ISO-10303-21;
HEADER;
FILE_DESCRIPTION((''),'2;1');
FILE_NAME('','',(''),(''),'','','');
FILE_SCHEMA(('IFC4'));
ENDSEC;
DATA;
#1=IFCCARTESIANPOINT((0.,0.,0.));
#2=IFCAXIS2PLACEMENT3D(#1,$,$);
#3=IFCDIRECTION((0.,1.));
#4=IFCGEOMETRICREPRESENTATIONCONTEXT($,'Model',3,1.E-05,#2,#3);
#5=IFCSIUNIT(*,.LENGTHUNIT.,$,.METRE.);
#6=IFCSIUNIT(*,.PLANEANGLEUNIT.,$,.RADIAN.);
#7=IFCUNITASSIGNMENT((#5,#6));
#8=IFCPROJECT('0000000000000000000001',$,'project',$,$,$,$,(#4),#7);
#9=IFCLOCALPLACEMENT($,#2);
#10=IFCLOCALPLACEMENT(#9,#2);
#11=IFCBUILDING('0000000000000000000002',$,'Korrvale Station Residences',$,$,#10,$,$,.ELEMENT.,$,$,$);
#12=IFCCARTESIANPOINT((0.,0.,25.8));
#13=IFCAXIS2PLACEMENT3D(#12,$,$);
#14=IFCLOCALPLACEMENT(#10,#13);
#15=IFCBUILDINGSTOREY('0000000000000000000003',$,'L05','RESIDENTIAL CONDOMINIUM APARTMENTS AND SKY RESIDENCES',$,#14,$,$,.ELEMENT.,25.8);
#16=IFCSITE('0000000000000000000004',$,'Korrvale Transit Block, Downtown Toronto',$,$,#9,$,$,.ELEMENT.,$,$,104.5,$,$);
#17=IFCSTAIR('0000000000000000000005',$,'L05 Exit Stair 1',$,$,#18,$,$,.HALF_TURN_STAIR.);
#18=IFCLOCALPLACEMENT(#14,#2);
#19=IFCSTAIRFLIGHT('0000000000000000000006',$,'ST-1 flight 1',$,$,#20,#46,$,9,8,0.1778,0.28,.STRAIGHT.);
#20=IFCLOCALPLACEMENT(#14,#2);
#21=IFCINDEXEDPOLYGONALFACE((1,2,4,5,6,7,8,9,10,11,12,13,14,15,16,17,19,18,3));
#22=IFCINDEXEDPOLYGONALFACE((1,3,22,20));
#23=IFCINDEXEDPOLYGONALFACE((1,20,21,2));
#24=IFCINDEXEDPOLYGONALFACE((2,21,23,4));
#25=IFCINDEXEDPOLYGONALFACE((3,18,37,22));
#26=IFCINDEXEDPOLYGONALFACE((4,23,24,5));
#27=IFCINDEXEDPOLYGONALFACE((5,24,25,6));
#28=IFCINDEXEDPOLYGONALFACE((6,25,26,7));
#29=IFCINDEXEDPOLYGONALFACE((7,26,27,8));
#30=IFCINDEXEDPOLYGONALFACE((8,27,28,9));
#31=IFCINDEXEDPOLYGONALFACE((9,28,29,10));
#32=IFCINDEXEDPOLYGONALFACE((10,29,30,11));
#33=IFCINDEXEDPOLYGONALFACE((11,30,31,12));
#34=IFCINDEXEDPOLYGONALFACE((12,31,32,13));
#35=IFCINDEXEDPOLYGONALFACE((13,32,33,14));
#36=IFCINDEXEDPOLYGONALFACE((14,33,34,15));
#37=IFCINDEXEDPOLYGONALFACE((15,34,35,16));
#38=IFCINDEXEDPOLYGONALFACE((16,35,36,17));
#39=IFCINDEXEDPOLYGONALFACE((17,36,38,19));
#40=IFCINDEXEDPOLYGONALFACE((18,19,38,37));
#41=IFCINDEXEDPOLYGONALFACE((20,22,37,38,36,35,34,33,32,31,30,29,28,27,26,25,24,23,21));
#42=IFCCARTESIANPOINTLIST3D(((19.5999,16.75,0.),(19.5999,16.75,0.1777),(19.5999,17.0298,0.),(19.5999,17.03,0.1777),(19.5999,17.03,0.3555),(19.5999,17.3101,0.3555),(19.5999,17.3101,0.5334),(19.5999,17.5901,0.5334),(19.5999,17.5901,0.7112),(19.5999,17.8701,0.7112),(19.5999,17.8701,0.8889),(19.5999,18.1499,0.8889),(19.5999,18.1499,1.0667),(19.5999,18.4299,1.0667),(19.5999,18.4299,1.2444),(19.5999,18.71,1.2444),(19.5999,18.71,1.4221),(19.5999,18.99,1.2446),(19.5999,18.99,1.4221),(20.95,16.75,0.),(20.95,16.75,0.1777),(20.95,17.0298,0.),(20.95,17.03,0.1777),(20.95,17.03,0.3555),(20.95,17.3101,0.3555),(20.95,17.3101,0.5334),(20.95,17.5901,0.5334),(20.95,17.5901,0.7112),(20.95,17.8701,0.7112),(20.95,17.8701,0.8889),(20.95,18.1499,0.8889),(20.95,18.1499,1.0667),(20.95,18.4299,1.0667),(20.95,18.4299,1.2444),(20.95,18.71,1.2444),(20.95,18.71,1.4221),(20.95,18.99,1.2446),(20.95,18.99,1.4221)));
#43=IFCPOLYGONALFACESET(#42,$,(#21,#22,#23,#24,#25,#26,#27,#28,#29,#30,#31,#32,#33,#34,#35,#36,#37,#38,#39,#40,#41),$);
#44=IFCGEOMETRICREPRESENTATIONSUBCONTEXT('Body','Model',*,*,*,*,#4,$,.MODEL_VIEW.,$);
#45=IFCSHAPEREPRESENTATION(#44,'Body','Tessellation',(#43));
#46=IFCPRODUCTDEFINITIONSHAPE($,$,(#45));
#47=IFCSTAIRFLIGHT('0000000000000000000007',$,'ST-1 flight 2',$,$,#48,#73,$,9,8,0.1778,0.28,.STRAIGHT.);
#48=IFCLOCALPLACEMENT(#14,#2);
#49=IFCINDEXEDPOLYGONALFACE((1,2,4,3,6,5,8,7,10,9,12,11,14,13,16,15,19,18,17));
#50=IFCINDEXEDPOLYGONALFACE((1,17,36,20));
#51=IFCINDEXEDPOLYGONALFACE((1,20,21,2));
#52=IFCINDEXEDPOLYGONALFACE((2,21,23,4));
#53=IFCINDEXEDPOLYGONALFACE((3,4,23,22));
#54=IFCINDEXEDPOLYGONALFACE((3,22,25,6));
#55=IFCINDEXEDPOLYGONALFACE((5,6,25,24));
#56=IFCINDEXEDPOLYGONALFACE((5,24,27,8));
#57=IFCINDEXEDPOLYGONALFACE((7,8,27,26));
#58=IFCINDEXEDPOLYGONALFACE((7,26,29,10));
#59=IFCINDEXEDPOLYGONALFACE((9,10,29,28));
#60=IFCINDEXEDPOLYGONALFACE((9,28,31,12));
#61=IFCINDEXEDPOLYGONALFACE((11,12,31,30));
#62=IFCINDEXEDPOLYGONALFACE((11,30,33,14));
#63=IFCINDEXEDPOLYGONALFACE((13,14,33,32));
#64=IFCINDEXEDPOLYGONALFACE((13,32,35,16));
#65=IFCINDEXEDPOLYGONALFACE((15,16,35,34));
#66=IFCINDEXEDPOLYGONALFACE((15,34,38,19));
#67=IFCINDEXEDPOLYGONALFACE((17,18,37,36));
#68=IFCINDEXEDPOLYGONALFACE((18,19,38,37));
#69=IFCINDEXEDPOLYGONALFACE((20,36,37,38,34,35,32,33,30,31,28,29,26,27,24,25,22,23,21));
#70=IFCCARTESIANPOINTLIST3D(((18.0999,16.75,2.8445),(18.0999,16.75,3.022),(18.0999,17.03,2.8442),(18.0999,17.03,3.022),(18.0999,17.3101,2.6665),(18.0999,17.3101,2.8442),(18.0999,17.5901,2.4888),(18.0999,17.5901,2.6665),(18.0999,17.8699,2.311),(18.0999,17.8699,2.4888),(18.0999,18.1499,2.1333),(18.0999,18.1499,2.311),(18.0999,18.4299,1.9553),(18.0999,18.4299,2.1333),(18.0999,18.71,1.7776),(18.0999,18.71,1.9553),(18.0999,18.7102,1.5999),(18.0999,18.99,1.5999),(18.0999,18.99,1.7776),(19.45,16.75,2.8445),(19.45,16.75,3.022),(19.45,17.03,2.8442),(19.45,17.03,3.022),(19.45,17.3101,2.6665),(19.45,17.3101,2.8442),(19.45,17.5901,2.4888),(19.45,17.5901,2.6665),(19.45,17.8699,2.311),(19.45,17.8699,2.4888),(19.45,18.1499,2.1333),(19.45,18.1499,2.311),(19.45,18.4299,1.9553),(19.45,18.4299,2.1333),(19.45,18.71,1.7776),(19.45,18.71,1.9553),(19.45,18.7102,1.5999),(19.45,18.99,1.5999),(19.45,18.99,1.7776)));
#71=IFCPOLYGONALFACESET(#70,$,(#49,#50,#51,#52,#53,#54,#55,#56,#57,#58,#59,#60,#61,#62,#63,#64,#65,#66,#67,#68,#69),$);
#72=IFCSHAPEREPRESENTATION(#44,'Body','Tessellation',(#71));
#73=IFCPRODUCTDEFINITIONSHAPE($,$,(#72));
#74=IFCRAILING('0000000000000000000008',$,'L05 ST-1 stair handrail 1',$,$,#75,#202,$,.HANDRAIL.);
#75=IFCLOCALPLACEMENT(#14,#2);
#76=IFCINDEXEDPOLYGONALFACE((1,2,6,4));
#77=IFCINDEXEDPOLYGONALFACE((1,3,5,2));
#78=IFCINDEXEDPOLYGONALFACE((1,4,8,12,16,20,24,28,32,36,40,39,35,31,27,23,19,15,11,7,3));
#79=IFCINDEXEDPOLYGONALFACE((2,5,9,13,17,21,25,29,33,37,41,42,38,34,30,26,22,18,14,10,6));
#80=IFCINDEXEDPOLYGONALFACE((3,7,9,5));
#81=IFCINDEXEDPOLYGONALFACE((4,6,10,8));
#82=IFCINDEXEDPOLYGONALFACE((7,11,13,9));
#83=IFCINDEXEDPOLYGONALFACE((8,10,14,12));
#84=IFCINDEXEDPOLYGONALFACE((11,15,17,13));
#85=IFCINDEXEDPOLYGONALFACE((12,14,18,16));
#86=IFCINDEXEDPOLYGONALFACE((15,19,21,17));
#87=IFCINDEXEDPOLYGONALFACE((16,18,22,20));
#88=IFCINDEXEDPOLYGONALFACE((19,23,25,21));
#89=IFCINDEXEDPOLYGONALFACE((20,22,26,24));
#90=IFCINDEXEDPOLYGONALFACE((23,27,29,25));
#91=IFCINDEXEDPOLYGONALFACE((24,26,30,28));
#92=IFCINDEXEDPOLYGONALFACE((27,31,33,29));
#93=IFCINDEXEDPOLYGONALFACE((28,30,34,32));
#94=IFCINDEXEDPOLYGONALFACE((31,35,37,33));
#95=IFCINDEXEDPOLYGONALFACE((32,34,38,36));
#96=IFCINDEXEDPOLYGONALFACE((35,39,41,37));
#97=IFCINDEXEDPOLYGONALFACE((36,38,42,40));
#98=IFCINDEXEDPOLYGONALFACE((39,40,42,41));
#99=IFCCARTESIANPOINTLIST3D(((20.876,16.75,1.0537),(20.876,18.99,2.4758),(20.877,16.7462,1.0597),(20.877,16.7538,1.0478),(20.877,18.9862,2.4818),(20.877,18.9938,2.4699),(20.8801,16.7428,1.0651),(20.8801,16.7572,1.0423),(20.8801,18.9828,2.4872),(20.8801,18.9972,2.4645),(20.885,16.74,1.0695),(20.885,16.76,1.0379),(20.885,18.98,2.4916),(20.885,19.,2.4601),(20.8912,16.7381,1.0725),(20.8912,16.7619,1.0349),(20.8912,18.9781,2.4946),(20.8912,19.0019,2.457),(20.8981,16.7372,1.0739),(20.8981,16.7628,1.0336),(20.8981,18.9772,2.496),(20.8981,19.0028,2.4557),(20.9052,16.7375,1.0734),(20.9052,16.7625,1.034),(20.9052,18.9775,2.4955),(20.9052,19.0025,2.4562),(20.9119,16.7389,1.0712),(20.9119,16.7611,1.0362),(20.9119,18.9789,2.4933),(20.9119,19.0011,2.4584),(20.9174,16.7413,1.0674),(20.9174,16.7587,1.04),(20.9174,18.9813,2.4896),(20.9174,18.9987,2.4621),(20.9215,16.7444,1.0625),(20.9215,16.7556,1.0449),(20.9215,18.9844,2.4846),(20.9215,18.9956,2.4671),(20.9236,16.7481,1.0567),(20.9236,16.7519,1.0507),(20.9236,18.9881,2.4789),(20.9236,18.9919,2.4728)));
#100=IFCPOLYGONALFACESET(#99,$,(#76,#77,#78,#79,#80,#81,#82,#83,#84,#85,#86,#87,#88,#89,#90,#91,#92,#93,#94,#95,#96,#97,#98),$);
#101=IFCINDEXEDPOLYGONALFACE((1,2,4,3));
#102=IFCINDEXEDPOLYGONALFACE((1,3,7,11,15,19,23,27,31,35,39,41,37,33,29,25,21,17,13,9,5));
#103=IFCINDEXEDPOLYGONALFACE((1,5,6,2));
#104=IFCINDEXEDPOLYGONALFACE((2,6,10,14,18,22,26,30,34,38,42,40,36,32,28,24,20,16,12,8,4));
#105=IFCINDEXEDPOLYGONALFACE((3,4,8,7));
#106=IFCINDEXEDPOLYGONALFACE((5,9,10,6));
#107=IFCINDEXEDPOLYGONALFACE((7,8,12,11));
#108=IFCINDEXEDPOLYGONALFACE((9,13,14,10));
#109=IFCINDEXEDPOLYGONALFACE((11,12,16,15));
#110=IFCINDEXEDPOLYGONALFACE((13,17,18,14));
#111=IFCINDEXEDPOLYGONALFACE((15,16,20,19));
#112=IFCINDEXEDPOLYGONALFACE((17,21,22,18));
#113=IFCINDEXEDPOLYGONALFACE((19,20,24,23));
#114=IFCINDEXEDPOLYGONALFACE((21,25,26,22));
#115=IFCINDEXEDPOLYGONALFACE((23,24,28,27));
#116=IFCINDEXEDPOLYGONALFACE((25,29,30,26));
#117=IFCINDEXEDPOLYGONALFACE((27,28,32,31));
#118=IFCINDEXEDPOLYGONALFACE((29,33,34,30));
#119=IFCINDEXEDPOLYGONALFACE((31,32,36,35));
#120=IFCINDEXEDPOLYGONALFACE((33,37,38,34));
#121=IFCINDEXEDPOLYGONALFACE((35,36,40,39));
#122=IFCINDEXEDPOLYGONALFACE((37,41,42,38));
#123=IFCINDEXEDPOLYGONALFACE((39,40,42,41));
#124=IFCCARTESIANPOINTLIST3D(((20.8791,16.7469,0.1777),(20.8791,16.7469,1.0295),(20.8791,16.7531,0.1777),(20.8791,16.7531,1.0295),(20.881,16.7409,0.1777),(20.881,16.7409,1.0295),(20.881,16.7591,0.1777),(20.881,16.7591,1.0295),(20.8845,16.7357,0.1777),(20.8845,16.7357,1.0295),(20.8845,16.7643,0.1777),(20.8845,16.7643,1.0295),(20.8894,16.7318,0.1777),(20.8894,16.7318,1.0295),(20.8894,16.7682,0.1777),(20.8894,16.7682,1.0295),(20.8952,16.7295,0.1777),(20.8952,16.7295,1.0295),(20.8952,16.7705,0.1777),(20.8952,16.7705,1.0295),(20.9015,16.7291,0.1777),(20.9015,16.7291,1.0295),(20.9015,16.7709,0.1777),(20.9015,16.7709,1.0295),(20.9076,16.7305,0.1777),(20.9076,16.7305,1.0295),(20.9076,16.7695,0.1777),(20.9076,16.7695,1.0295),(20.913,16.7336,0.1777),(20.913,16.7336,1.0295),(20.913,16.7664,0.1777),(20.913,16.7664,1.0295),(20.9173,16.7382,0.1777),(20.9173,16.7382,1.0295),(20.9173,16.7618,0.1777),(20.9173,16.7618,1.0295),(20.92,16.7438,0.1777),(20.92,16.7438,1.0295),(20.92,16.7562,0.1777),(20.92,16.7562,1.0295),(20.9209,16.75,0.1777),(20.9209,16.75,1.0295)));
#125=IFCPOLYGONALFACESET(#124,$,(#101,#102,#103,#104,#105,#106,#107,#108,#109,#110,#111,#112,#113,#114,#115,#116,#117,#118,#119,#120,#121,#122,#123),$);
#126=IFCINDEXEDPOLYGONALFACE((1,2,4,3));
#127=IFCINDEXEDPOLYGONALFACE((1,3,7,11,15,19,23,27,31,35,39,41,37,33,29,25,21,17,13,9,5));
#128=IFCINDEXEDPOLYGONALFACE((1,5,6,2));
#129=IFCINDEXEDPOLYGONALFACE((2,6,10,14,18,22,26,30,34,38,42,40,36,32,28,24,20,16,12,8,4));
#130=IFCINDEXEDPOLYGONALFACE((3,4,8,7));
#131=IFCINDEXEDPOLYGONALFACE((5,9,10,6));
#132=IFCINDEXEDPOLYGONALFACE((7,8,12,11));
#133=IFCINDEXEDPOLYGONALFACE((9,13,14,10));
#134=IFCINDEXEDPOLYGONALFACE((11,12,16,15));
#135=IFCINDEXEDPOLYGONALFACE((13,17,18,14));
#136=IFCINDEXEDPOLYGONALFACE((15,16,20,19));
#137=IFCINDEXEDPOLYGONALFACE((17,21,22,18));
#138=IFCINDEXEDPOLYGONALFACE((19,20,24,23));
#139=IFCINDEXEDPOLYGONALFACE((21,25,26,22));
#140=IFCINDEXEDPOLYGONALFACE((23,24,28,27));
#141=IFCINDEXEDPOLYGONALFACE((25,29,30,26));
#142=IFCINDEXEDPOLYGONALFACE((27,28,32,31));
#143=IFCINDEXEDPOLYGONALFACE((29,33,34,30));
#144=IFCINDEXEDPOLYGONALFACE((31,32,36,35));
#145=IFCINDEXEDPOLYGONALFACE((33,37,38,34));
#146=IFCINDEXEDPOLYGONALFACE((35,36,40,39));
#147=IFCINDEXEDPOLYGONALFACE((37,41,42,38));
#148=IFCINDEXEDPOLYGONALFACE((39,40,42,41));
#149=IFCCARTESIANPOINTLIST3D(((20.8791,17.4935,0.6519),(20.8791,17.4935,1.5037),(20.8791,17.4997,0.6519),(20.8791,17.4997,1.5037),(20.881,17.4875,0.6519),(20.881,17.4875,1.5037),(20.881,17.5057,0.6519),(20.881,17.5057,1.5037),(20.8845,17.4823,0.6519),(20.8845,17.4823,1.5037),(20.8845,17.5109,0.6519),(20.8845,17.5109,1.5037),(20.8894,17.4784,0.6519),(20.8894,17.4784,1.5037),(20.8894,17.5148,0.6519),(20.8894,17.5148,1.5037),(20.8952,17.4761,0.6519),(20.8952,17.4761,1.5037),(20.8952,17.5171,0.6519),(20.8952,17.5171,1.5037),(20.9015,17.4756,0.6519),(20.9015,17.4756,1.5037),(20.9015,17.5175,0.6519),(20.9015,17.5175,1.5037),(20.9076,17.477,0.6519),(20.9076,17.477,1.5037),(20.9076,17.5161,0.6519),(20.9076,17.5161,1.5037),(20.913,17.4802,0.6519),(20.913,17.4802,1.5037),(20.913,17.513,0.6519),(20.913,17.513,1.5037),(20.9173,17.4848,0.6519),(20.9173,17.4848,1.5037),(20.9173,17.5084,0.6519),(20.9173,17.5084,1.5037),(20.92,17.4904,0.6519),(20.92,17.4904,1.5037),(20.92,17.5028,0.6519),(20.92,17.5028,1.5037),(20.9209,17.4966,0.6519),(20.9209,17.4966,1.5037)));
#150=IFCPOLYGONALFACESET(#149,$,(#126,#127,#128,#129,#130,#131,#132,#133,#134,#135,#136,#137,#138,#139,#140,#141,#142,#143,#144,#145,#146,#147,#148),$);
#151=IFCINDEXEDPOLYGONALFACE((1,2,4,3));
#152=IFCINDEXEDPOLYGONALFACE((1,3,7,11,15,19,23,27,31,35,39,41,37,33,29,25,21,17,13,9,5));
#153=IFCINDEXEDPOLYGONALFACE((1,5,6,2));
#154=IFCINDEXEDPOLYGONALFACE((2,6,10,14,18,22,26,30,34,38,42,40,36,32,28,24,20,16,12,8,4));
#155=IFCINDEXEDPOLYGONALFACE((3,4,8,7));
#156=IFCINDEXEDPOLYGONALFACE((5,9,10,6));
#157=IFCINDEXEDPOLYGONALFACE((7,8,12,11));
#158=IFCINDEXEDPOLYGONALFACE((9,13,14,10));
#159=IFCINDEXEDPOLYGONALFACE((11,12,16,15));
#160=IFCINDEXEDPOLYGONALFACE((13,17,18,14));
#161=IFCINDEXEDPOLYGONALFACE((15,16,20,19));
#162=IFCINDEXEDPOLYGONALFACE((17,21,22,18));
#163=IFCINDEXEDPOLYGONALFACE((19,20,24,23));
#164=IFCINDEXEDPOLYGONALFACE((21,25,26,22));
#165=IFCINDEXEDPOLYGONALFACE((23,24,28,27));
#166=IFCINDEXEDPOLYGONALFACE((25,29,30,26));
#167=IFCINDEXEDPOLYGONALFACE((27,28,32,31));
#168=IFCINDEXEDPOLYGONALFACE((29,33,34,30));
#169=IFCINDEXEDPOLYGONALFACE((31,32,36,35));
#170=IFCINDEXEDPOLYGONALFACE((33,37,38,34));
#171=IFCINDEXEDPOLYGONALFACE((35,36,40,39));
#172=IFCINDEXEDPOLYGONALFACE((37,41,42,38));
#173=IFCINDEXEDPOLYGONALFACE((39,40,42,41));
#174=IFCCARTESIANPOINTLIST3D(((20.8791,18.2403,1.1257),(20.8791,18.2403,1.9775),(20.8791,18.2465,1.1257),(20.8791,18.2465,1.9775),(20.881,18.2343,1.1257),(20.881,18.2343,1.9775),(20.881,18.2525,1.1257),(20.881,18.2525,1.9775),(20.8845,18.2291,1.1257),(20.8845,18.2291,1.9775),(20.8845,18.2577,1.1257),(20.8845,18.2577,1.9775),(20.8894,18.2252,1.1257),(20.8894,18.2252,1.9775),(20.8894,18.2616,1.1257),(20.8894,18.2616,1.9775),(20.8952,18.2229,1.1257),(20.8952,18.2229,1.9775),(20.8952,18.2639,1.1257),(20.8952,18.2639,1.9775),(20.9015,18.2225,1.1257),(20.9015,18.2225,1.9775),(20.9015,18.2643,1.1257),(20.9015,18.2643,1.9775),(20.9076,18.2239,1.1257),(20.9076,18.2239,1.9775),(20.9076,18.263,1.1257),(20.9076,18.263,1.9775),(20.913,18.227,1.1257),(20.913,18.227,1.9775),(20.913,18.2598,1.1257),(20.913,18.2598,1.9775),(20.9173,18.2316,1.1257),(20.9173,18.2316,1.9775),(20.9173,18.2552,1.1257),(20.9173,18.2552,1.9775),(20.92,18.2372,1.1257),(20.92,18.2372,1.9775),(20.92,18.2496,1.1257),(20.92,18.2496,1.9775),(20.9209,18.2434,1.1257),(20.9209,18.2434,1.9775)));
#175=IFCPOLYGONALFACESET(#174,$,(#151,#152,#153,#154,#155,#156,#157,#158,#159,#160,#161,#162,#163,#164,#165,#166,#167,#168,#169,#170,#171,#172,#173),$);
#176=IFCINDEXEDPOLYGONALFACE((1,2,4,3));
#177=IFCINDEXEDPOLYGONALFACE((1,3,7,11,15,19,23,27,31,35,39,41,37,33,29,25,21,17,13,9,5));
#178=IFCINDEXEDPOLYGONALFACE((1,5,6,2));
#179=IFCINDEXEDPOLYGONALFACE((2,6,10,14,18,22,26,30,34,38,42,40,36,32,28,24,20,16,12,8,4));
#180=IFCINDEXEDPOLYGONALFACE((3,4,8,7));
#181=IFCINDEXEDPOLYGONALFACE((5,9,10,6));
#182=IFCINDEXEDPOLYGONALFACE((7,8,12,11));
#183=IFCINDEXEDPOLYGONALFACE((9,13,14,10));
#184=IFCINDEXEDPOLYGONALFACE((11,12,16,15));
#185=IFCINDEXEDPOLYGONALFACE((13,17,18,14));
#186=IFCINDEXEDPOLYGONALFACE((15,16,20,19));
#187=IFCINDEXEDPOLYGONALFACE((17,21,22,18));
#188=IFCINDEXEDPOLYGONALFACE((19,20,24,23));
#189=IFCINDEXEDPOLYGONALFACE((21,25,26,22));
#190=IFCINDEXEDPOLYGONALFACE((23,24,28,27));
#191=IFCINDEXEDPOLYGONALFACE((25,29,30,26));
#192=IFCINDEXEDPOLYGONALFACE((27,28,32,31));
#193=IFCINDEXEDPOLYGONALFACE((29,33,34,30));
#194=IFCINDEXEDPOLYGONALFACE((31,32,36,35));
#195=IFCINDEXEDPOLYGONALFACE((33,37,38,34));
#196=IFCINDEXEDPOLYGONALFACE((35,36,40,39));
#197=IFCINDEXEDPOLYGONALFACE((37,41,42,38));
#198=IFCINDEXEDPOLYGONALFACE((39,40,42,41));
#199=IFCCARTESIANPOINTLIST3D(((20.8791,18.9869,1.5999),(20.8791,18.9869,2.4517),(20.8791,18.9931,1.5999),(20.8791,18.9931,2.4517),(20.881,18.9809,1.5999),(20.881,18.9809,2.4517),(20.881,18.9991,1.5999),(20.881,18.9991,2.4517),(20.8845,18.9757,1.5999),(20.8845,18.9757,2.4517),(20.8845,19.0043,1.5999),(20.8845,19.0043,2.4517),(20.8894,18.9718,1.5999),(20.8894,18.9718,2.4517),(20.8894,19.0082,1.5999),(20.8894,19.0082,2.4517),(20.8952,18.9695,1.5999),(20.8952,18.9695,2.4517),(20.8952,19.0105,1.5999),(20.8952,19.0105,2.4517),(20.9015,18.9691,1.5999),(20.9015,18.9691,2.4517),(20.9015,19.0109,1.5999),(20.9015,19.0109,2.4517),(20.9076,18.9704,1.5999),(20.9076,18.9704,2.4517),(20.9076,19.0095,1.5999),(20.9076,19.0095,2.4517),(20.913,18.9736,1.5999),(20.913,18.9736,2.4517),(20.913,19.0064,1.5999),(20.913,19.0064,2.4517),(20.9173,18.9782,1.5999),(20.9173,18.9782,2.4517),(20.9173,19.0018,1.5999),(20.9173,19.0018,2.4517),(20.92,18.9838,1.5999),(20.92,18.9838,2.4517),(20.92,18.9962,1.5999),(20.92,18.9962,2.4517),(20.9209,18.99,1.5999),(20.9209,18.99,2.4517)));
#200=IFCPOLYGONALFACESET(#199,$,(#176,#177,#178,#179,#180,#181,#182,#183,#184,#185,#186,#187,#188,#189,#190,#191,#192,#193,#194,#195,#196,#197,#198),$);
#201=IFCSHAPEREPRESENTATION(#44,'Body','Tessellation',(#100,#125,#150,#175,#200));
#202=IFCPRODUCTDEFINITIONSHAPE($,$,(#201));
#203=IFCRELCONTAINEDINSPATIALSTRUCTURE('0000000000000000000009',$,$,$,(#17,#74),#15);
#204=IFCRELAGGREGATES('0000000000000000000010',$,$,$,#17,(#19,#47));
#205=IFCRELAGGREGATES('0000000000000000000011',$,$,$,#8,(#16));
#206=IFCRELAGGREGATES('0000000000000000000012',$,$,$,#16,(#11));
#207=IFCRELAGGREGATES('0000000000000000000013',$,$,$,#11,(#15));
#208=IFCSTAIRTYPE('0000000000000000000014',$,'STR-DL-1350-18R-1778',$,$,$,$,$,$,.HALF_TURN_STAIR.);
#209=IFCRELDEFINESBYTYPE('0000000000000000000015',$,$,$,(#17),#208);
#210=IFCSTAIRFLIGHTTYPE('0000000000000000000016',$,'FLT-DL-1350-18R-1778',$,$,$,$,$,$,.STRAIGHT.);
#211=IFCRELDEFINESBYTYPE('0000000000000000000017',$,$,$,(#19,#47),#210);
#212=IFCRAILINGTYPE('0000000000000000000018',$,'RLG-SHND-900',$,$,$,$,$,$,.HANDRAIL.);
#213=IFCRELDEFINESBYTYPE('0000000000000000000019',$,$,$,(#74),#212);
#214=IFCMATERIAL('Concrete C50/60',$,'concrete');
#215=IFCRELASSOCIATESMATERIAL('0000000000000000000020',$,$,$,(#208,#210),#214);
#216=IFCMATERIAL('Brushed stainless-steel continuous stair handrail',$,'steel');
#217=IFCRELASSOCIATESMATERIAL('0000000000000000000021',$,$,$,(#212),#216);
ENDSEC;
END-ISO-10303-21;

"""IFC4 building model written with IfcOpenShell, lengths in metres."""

from ifc_helpers import new_model, si_unit, direction, frame, origin, origin_2d, place, context, subcontext, project, spatial, polyline, circle, outline, extrude, material, type_object, element, aggregate, save


model = new_model("IFC4")

# Units and contexts
model_context = context("Model", 3, precision=1e-05, world=origin(), true_north=direction((0.0, 1.0)))
body_context = subcontext(model_context, "Body", "Model", "MODEL_VIEW")
ifc_project = project(units=[si_unit("LENGTHUNIT", "METRE"), si_unit("PLANEANGLEUNIT", "RADIAN")], contexts=[model_context])

# Site, building, storey
site_placement = place(None, origin())
site = spatial("IfcSite", under=ifc_project, at=site_placement, Name="Korrvale Transit Block, Downtown Toronto", CompositionType="ELEMENT", RefElevation=104.5)
building_placement = place(site_placement, origin())
building = spatial("IfcBuilding", under=site, at=building_placement, Name="Korrvale Station Residences", CompositionType="ELEMENT")
storey_placement = place(building_placement, frame((0.0, 0.0, 25.8)))
storey = spatial("IfcBuildingStorey", under=building, at=storey_placement, Name="L05", Description="RESIDENTIAL CONDOMINIUM APARTMENTS AND SKY RESIDENCES", CompositionType="ELEMENT", Elevation=25.8)

# Stair, stair flights
ifc_material_1 = material(Name="Concrete C50/60", Category="concrete")
stair_type = type_object("IfcStairType", Name="STR-DL-1350-18R-1778", PredefinedType="HALF_TURN_STAIR", material=ifc_material_1)
stair_placement = place(storey_placement, origin())
stair = element("IfcStair", 1, at=stair_placement, inside=storey, type_object=stair_type, Name="L05 Exit Stair 1", PredefinedType="HALF_TURN_STAIR")
stair_flight_type = type_object("IfcStairFlightType", Name="FLT-DL-1350-18R-1778", PredefinedType="STRAIGHT", material=ifc_material_1)
stair_flight_1_placement = place(storey_placement, frame((20.2749, 16.75, 0.0), z_axis=(0.0, 0.0, 1.0), x_axis=(0.0, 1.0, 0.0)))
stair_flight_1 = element("IfcStairFlight", 2, at=stair_flight_1_placement, type_object=stair_flight_type, Name="ST-1 flight 1", NumberOfRisers=9, NumberOfTreads=8, PredefinedType="STRAIGHT", RiserHeight=0.1778, TreadLength=0.28, context=body_context, shape_type="SweptSolid", body=[
    extrude(outline(polyline([(0.0, 0.0), (0.0, 0.1777), (0.28, 0.1777), (0.28, 0.3555), (0.5601, 0.3555), (0.5601, 0.5334), (0.8401, 0.5334), (0.8401, 0.7112), (1.1201, 0.7112), (1.1201, 0.8889), (1.3999, 0.8889), (1.3999, 1.0667), (1.6799, 1.0667), (1.6799, 1.2444), (1.96, 1.2444), (1.96, 1.4221), (2.24, 1.4221), (2.24, 1.6001), (2.24, 1.2446), (0.2798, 0.0), (0.0, 0.0)])), frame((0.0, 0.675, 0.0), z_axis=(0.0, -1.0, 0.0), x_axis=(1.0, 0.0, 0.0)), (0.0, 0.0, 1.0), 1.3501),
])
stair_flight_2_placement = place(storey_placement, frame((18.7749, 18.99, 1.5999), z_axis=(0.0, 0.0, 1.0), x_axis=(0.0, -1.0, 0.0)))
stair_flight_2 = element("IfcStairFlight", 3, at=stair_flight_2_placement, type_object=stair_flight_type, Name="ST-1 flight 2", NumberOfRisers=9, NumberOfTreads=8, PredefinedType="STRAIGHT", RiserHeight=0.1778, TreadLength=0.28, context=body_context, shape_type="SweptSolid", body=[
    extrude(outline(polyline([(0.0, 0.0), (0.0, 0.1777), (0.28, 0.1777), (0.28, 0.3555), (0.5601, 0.3555), (0.5601, 0.5334), (0.8401, 0.5334), (0.8401, 0.7112), (1.1201, 0.7112), (1.1201, 0.8889), (1.3999, 0.8889), (1.3999, 1.0667), (1.6799, 1.0667), (1.6799, 1.2444), (1.96, 1.2444), (1.96, 1.4221), (2.24, 1.4221), (2.24, 1.6001), (2.24, 1.2446), (0.2798, 0.0), (0.0, 0.0)])), frame((0.0, 0.675, 0.0), z_axis=(0.0, -1.0, 0.0), x_axis=(1.0, 0.0, 0.0)), (0.0, 0.0, 1.0), 1.3501),
])
aggregate(stair, [stair_flight_1, stair_flight_2])

# Railing
ifc_material_2 = material(Name="Brushed stainless-steel continuous stair handrail", Category="steel")
railing_type_1 = type_object("IfcRailingType", Name="RLG-SHND-900", PredefinedType="HANDRAIL", material=ifc_material_2)
railing_1_placement = place(storey_placement, frame((20.8999, 16.75, 0.1777)))
element("IfcRailing", 4, at=railing_1_placement, inside=storey, type_object=railing_type_1, Name="L05 ST-1 stair handrail 1", PredefinedType="HANDRAIL", context=body_context, shape_type="SweptSolid", body=[
    extrude(circle(Radius=0.0239, at=origin_2d()), frame((0.0, 0.0, 0.876), z_axis=(0.0, 0.844229, 0.535982), x_axis=(-1.0, 0.0, 0.0)), (0.0, 0.0, 1.0), 2.6533),
    extrude(circle(Radius=0.021, at=origin_2d()), origin(), (0.0, 0.0, 1.0), 0.8518),
    extrude(circle(Radius=0.021, at=origin_2d()), frame((0.0, 0.7466, 0.4741)), (0.0, 0.0, 1.0), 0.8518),
    extrude(circle(Radius=0.021, at=origin_2d()), frame((0.0, 1.4934, 0.948)), (0.0, 0.0, 1.0), 0.8518),
    extrude(circle(Radius=0.021, at=origin_2d()), frame((0.0, 2.24, 1.4221)), (0.0, 0.0, 1.0), 0.8518),
])

save(model, "model.ifc")
